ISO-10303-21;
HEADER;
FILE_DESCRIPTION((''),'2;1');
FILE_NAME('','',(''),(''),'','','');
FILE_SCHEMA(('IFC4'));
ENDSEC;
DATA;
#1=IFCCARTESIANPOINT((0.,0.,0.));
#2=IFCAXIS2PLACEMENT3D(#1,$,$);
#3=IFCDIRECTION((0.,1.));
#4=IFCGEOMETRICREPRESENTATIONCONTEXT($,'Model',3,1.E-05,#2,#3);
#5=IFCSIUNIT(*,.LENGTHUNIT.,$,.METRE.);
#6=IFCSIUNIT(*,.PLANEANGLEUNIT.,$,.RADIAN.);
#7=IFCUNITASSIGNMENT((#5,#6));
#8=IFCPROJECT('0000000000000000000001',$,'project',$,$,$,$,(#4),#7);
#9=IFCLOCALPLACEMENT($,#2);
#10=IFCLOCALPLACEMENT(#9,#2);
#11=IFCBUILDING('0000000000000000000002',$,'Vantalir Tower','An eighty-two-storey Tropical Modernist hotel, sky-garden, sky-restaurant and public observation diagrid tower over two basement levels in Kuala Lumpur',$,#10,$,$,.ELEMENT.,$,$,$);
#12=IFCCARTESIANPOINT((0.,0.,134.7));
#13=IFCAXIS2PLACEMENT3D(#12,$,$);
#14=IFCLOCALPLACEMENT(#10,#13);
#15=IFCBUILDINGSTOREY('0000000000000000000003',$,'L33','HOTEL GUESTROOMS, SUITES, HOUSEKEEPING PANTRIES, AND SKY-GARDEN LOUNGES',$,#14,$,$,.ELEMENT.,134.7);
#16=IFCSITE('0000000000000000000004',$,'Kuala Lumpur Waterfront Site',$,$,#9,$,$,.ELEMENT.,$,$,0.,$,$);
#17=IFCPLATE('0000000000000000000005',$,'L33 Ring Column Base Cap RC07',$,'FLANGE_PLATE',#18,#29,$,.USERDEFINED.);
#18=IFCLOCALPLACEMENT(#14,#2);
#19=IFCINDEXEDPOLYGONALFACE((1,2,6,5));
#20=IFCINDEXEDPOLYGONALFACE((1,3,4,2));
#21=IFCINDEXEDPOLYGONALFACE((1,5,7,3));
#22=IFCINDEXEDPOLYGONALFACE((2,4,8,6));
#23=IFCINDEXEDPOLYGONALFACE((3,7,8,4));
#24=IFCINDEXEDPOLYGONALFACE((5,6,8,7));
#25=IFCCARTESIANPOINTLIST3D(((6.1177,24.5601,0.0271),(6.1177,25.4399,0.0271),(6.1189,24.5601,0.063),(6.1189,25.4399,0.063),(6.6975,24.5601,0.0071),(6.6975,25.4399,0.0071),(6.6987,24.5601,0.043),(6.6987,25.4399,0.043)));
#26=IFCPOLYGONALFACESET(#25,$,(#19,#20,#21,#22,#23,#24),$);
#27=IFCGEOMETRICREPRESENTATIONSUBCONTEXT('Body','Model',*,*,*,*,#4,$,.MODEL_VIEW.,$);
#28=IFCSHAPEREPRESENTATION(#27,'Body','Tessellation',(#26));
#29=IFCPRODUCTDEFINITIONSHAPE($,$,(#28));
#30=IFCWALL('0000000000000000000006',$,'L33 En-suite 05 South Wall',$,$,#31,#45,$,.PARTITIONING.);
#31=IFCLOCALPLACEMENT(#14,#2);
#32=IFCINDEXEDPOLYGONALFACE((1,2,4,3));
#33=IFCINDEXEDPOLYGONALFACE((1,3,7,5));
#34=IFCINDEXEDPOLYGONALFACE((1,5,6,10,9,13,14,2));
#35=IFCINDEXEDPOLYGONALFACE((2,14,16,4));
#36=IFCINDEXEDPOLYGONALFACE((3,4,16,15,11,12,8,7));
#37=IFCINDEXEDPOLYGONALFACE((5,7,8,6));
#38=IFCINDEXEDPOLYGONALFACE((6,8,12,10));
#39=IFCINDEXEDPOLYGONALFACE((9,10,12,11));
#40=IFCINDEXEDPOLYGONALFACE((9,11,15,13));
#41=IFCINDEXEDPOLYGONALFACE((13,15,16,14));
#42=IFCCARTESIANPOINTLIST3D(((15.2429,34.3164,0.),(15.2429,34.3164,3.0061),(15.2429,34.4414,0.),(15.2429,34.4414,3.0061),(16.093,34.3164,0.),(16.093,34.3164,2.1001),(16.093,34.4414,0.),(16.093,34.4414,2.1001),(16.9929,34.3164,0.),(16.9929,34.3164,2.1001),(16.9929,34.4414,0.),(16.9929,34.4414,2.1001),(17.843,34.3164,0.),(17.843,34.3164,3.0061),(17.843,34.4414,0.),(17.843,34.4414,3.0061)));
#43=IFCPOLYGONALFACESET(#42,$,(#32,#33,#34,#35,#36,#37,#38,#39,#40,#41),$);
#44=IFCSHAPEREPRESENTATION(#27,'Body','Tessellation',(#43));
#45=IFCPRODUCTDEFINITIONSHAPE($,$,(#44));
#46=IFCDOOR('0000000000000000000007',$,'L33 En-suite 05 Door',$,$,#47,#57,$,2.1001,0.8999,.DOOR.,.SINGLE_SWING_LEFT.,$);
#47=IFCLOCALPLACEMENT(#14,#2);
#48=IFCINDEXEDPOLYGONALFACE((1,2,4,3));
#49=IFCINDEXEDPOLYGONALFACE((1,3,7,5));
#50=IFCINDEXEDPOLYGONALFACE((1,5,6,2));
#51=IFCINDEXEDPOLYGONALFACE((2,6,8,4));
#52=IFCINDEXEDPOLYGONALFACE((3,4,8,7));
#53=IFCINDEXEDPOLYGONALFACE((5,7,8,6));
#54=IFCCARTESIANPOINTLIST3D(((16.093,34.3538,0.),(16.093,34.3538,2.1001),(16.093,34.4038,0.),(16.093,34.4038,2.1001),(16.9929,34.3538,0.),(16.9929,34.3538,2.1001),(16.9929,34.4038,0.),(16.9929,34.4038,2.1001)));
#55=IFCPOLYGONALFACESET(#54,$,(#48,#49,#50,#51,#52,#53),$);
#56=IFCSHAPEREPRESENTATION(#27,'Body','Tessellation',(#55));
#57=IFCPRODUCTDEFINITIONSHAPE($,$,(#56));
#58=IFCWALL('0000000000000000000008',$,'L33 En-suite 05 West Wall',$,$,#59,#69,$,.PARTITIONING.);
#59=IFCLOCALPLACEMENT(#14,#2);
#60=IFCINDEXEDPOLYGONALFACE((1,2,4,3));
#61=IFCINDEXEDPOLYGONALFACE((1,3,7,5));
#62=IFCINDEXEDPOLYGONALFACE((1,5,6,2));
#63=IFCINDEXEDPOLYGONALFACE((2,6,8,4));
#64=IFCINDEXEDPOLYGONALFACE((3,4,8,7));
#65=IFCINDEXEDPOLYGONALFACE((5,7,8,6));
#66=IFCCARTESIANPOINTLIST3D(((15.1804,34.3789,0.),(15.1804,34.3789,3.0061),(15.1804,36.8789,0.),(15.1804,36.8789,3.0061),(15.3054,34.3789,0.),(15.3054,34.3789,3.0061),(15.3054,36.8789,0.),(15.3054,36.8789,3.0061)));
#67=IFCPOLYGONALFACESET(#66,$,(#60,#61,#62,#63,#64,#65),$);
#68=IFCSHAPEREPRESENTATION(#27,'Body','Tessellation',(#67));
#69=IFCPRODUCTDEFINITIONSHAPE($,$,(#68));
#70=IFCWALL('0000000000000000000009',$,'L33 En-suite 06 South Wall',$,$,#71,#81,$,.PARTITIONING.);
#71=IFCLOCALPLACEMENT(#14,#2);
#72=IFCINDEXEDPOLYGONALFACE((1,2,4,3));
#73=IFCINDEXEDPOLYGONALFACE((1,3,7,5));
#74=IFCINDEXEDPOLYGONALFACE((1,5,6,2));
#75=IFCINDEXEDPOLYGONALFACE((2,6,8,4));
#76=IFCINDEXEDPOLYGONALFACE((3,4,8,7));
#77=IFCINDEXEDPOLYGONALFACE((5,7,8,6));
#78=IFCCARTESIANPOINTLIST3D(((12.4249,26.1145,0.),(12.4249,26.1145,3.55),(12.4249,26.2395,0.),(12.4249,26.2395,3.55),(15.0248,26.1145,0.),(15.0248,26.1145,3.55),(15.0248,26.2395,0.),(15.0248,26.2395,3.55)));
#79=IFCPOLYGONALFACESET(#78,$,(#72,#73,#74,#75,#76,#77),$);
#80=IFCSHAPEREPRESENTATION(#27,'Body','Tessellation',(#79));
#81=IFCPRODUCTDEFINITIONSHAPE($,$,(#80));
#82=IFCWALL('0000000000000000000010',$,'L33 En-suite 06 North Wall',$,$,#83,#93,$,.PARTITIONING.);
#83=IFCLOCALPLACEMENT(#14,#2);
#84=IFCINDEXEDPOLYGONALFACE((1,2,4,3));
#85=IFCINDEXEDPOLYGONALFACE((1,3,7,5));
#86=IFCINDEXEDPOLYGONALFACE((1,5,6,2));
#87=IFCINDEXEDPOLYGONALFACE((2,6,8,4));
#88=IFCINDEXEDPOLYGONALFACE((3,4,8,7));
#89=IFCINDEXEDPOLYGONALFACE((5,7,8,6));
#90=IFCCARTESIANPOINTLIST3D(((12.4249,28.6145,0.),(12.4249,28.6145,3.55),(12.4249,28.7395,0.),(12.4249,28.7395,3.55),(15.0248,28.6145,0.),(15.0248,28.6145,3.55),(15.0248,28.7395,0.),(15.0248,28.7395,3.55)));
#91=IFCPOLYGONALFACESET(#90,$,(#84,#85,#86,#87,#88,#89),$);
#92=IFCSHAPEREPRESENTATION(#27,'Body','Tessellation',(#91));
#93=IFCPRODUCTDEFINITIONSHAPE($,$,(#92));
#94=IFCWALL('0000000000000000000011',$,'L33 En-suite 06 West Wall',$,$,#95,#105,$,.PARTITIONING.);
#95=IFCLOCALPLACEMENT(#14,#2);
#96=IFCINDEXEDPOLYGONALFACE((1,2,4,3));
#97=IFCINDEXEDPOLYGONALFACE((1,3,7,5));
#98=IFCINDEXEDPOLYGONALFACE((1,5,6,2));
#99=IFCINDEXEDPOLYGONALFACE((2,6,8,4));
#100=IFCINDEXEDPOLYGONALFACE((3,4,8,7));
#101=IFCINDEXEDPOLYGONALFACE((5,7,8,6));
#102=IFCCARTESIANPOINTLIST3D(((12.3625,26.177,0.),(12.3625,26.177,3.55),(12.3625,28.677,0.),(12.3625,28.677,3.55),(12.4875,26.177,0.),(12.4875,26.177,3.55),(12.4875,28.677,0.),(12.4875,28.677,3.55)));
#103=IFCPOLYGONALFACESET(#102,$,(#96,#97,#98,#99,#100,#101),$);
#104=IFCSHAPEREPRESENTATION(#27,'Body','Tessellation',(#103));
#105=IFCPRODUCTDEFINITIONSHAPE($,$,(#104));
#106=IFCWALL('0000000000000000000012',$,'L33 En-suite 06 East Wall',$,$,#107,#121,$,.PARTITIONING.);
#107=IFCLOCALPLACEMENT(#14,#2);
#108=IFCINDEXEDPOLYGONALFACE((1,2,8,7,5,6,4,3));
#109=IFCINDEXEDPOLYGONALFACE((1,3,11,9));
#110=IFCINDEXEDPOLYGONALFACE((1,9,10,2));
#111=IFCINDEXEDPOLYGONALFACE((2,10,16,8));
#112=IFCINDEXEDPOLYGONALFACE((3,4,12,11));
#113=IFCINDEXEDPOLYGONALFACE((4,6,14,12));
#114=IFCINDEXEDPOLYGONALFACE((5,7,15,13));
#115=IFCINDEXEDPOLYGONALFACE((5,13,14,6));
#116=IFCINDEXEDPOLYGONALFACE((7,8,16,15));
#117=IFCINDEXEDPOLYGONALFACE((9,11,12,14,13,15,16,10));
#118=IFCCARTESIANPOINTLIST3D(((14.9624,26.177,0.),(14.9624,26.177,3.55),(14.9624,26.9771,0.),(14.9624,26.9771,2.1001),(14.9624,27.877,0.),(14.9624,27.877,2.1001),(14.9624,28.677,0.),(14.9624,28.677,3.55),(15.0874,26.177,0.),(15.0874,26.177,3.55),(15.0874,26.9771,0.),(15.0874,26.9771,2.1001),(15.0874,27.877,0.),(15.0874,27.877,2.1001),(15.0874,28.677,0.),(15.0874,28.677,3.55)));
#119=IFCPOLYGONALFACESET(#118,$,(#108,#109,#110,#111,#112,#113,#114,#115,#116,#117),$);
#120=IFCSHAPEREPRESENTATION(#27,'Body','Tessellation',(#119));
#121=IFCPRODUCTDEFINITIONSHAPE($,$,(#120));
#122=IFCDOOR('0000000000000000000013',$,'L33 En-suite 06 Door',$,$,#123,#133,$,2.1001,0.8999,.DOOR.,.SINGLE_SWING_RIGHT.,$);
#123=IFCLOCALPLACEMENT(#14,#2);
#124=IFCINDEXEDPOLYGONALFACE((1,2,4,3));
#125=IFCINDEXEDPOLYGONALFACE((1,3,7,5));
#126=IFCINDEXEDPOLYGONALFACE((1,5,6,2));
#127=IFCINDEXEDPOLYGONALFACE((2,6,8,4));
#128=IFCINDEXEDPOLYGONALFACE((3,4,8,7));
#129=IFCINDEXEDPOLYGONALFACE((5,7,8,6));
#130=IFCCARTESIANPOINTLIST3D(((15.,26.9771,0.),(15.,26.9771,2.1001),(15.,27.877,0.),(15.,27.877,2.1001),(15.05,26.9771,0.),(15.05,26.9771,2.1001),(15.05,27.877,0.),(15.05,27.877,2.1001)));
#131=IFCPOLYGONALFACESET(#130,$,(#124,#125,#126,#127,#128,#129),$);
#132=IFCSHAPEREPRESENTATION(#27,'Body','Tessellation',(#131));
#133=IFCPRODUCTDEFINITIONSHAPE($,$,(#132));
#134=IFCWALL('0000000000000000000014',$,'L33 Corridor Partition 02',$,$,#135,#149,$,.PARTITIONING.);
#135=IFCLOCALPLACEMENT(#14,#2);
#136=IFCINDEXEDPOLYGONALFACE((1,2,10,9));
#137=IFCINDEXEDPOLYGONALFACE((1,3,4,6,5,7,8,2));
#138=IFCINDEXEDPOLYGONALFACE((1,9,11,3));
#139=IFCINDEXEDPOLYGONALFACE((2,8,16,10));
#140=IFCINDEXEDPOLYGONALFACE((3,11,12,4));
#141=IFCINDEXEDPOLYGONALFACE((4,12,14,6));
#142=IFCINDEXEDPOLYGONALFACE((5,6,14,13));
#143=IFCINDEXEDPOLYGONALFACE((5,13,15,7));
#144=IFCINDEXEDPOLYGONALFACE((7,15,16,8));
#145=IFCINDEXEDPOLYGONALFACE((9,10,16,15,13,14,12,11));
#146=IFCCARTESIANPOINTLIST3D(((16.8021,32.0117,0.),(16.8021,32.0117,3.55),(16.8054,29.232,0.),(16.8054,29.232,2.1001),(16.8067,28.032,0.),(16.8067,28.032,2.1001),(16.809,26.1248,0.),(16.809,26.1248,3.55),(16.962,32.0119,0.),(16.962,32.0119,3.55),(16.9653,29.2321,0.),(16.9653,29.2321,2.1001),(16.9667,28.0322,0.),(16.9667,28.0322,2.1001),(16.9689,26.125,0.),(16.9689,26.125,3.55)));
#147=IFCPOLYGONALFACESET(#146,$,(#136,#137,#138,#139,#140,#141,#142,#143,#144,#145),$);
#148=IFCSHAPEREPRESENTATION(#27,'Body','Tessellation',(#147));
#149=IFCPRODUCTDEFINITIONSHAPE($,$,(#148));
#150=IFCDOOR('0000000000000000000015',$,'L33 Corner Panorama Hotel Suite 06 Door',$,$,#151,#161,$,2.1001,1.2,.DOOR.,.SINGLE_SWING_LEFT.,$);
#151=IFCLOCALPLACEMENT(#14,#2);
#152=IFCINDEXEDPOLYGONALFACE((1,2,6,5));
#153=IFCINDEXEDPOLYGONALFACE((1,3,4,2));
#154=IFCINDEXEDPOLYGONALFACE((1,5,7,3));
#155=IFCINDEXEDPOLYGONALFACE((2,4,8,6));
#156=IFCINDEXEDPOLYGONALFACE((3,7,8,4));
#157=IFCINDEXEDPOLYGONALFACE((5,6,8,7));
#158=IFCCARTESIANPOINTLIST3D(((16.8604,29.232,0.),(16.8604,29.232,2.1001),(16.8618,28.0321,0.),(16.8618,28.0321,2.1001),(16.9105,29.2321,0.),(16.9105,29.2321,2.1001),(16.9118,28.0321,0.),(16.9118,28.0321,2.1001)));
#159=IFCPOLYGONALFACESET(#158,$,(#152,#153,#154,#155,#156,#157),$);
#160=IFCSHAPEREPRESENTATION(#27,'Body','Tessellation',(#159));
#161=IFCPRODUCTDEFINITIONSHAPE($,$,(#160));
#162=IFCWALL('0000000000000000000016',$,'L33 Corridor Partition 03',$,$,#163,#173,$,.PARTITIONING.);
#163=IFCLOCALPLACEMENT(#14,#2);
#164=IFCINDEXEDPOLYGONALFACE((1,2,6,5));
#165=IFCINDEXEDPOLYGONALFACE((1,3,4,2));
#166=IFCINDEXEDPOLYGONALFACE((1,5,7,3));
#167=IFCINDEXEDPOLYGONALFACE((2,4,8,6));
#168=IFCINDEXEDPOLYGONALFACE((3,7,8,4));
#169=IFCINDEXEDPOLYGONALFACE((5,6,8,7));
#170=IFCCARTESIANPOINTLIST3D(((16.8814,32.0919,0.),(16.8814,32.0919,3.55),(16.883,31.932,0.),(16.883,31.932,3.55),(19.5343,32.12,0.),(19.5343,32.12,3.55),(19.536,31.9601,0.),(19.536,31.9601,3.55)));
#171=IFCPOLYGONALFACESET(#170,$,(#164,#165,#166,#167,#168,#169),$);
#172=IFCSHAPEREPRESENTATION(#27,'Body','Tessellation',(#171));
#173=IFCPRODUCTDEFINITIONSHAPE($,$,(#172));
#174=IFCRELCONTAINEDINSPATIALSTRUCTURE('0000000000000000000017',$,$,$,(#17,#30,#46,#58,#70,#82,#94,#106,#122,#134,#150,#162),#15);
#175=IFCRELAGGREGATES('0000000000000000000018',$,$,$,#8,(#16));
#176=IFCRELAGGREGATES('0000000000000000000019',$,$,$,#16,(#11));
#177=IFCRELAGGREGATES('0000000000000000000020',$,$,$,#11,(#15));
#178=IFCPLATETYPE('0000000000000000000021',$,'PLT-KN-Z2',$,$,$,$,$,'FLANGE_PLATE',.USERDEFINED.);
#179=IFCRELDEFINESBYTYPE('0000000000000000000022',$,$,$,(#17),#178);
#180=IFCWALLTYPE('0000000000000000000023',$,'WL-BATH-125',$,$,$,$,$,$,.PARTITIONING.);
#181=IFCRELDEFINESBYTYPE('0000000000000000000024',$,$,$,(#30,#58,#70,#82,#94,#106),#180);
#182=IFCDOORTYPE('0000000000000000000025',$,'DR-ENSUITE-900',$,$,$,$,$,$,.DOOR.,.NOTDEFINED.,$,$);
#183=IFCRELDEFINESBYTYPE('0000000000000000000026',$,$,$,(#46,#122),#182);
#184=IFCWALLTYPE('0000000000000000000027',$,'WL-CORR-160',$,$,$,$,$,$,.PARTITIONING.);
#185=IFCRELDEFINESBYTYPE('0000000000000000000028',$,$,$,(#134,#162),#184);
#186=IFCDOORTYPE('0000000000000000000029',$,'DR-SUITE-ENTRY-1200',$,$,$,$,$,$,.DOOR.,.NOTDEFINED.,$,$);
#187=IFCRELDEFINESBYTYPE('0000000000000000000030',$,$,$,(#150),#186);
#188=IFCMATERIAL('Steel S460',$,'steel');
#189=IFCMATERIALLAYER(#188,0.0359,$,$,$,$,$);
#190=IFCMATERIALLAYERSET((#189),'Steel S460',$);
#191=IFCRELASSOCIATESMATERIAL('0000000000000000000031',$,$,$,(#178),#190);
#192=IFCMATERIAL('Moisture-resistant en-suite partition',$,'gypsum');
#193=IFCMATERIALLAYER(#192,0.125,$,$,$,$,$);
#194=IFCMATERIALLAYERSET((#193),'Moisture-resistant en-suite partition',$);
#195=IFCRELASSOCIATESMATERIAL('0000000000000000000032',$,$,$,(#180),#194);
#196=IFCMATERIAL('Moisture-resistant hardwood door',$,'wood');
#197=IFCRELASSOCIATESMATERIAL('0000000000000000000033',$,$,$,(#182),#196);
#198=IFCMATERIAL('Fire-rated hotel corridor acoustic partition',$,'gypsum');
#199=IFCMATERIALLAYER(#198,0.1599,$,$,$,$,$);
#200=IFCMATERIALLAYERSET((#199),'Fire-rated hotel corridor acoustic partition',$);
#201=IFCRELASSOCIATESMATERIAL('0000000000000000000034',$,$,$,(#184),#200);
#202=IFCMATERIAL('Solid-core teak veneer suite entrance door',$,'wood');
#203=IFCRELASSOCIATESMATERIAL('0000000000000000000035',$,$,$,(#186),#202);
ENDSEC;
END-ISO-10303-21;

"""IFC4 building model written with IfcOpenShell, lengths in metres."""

from ifc_helpers import new_model, si_unit, direction, frame, frame_2d, origin, place, context, subcontext, project, spatial, polyline, rectangle, outline, extrude, material, layer, layer_set, type_object, element, fill, save


model = new_model("IFC4")

# Units and contexts
model_context = context("Model", 3, precision=1e-05, world=origin(), true_north=direction((0.0, 1.0)))
body_context = subcontext(model_context, "Body", "Model", "MODEL_VIEW")
ifc_project = project(units=[si_unit("LENGTHUNIT", "METRE"), si_unit("PLANEANGLEUNIT", "RADIAN")], contexts=[model_context])

# Site, building, storey
site_placement = place(None, origin())
site = spatial("IfcSite", under=ifc_project, at=site_placement, Name="Kuala Lumpur Waterfront Site", CompositionType="ELEMENT", RefElevation=0.0)
building_placement = place(site_placement, origin())
building = spatial("IfcBuilding", under=site, at=building_placement, Name="Vantalir Tower", Description="An eighty-two-storey Tropical Modernist hotel, sky-garden, sky-restaurant and public observation diagrid tower over two basement levels in Kuala Lumpur", CompositionType="ELEMENT")
storey_placement = place(building_placement, frame((0.0, 0.0, 134.7)))
storey = spatial("IfcBuildingStorey", under=building, at=storey_placement, Name="L33", Description="HOTEL GUESTROOMS, SUITES, HOUSEKEEPING PANTRIES, AND SKY-GARDEN LOUNGES", CompositionType="ELEMENT", Elevation=134.7)

# Shared definitions
ifc_material_1 = material(Name="Steel S460", Category="steel")

# Plate
ifc_layer_1 = layer(ifc_material_1, 0.0359)
ifc_layer_set_1 = layer_set([ifc_layer_1], Name="Steel S460")
plate_type_1 = type_object("IfcPlateType", Name="PLT-KN-Z2", ElementType="FLANGE_PLATE", PredefinedType="USERDEFINED", material=ifc_layer_set_1)
plate_1_placement = place(storey_placement, frame((6.1189, 25.4399, 0.063), z_axis=(0.034506, 0.0, 0.999404), x_axis=(0.0, -1.0, 0.0)))
element("IfcPlate", 1, at=plate_1_placement, inside=storey, type_object=plate_type_1, Name="L33 Ring Column Base Cap RC07", ObjectType="FLANGE_PLATE", PredefinedType="USERDEFINED", context=body_context, shape_type="SweptSolid", body=[
    extrude(outline(polyline([(0.0, 0.0), (0.8799, 0.0), (0.8799, 0.5802), (0.0, 0.5802), (0.0, 0.0)])), origin(), (0.0, 0.0, -1.0), 0.0359),
])

# Wall, opening, door
ifc_material_2 = material(Name="Moisture-resistant en-suite partition", Category="gypsum")
ifc_layer_2 = layer(ifc_material_2, 0.125)
ifc_layer_set_2 = layer_set([ifc_layer_2], Name="Moisture-resistant en-suite partition")
wall_type_1 = type_object("IfcWallType", Name="WL-BATH-125", PredefinedType="PARTITIONING", material=ifc_layer_set_2)
wall_1_placement = place(storey_placement, frame((15.2429, 34.3789, 0.0), z_axis=(0.0, 0.0, 1.0), x_axis=(1.0, 0.0, 0.0)))
wall_1 = element("IfcWall", 2, at=wall_1_placement, inside=storey, type_object=wall_type_1, Name="L33 En-suite 05 South Wall", PredefinedType="PARTITIONING", context=body_context, shape_type="SweptSolid", body=[
    extrude(rectangle(XDim=2.6001, YDim=0.125, at=frame_2d((1.3, 0.0))), origin(), (0.0, 0.0, 1.0), 3.0061),
])
opening_1_placement = place(wall_1_placement, frame((0.8501, 0.0, 0.0)))
opening_1 = element("IfcOpeningElement", 3, at=opening_1_placement, cuts=wall_1, PredefinedType="OPENING", context=body_context, shape_type="SweptSolid", body=[
    extrude(rectangle(XDim=0.8999, YDim=2.1001, at=frame_2d((0.45, 1.05))), frame((0.0, 0.0725, 0.0), z_axis=(0.0, -1.0, 0.0), x_axis=(1.0, 0.0, 0.0)), (0.0, 0.0, 1.0), 0.145),
])
ifc_material_3 = material(Name="Moisture-resistant hardwood door", Category="wood")
door_type_1 = type_object("IfcDoorType", Name="DR-ENSUITE-900", OperationType="NOTDEFINED", PredefinedType="DOOR", material=ifc_material_3)
door_1_placement = place(opening_1_placement, origin())
door_1 = element("IfcDoor", 4, at=door_1_placement, inside=storey, type_object=door_type_1, Name="L33 En-suite 05 Door", OperationType="SINGLE_SWING_LEFT", OverallHeight=2.1001, OverallWidth=0.8999, PredefinedType="DOOR", context=body_context, shape_type="SweptSolid", body=[
    extrude(rectangle(XDim=0.8999, YDim=2.1001, at=frame_2d((0.45, 1.05))), frame((0.0, 0.0249, 0.0), z_axis=(0.0, -1.0, 0.0), x_axis=(1.0, 0.0, 0.0)), (0.0, 0.0, 1.0), 0.05),
])
fill(opening_1, door_1)

# Walls
wall_2_placement = place(storey_placement, frame((15.2429, 34.3789, 0.0), z_axis=(0.0, 0.0, 1.0), x_axis=(0.0, 1.0, 0.0)))
element("IfcWall", 5, at=wall_2_placement, inside=storey, type_object=wall_type_1, Name="L33 En-suite 05 West Wall", PredefinedType="PARTITIONING", context=body_context, shape_type="SweptSolid", body=[
    extrude(rectangle(XDim=2.5, YDim=0.125, at=frame_2d((1.25, 0.0))), origin(), (0.0, 0.0, 1.0), 3.0061),
])
for number, where, z_axis, x_axis, name in (
    (6, (12.425, 26.177, 0.0), (0.0, 0.0, 1.0), (1.0, 0.0, 0.0), "L33 En-suite 06 South Wall"),
    (7, (12.425, 28.677, 0.0), (0.0, 0.0, 1.0), (1.0, 0.0, 0.0), "L33 En-suite 06 North Wall"),
):
    element("IfcWall", number, at=place(storey_placement, frame(where, z_axis=z_axis, x_axis=x_axis)), inside=storey, type_object=wall_type_1, Name=name, PredefinedType="PARTITIONING", context=body_context, shape_type="SweptSolid", body=[
        extrude(rectangle(XDim=2.5999, YDim=0.125, at=frame_2d((1.2998, 0.0))), origin(), (0.0, 0.0, 1.0), 3.55),
    ])
wall_3_placement = place(storey_placement, frame((12.425, 26.177, 0.0), z_axis=(0.0, 0.0, 1.0), x_axis=(0.0, 1.0, 0.0)))
element("IfcWall", 8, at=wall_3_placement, inside=storey, type_object=wall_type_1, Name="L33 En-suite 06 West Wall", PredefinedType="PARTITIONING", context=body_context, shape_type="SweptSolid", body=[
    extrude(rectangle(XDim=2.5, YDim=0.125, at=frame_2d((1.25, 0.0))), origin(), (0.0, 0.0, 1.0), 3.55),
])

# Walls, openings, doors
wall_4_placement = place(storey_placement, frame((15.0249, 26.177, 0.0), z_axis=(0.0, 0.0, 1.0), x_axis=(0.0, 1.0, 0.0)))
wall_4 = element("IfcWall", 9, at=wall_4_placement, inside=storey, type_object=wall_type_1, Name="L33 En-suite 06 East Wall", PredefinedType="PARTITIONING", context=body_context, shape_type="SweptSolid", body=[
    extrude(rectangle(XDim=2.5, YDim=0.125, at=frame_2d((1.25, 0.0))), origin(), (0.0, 0.0, 1.0), 3.55),
])
opening_2_placement = place(wall_4_placement, frame((0.8, 0.0, 0.0)))
opening_2 = element("IfcOpeningElement", 10, at=opening_2_placement, cuts=wall_4, PredefinedType="OPENING", context=body_context, shape_type="SweptSolid", body=[
    extrude(rectangle(XDim=0.8999, YDim=2.1001, at=frame_2d((0.45, 1.05))), frame((0.0, 0.0725, 0.0), z_axis=(0.0, -1.0, 0.0), x_axis=(1.0, 0.0, 0.0)), (0.0, 0.0, 1.0), 0.145),
])
door_2_placement = place(opening_2_placement, origin())
door_2 = element("IfcDoor", 11, at=door_2_placement, inside=storey, type_object=door_type_1, Name="L33 En-suite 06 Door", OperationType="SINGLE_SWING_RIGHT", OverallHeight=2.1001, OverallWidth=0.8999, PredefinedType="DOOR", context=body_context, shape_type="SweptSolid", body=[
    extrude(rectangle(XDim=0.8999, YDim=2.1001, at=frame_2d((0.45, 1.05))), frame((0.0, 0.0249, 0.0), z_axis=(0.0, -1.0, 0.0), x_axis=(1.0, 0.0, 0.0)), (0.0, 0.0, 1.0), 0.05),
])
fill(opening_2, door_2)
ifc_material_4 = material(Name="Fire-rated hotel corridor acoustic partition", Category="gypsum")
ifc_layer_3 = layer(ifc_material_4, 0.1599)
ifc_layer_set_3 = layer_set([ifc_layer_3], Name="Fire-rated hotel corridor acoustic partition")
wall_type_2 = type_object("IfcWallType", Name="WL-CORR-160", PredefinedType="PARTITIONING", material=ifc_layer_set_3)
wall_5_placement = place(storey_placement, frame((16.8889, 26.125, 0.0), z_axis=(0.0, 0.0, 1.0), x_axis=(-0.001161, 0.999999, 0.0)))
wall_5 = element("IfcWall", 12, at=wall_5_placement, inside=storey, type_object=wall_type_2, Name="L33 Corridor Partition 02", PredefinedType="PARTITIONING", context=body_context, shape_type="SweptSolid", body=[
    extrude(rectangle(XDim=5.887, YDim=0.1599, at=frame_2d((2.9434, 0.0))), origin(), (0.0, 0.0, 1.0), 3.55),
])
opening_3_placement = place(wall_5_placement, frame((1.907, 0.0, 0.0)))
opening_3 = element("IfcOpeningElement", 13, at=opening_3_placement, cuts=wall_5, PredefinedType="OPENING", context=body_context, shape_type="SweptSolid", body=[
    extrude(rectangle(XDim=1.2, YDim=2.1001, at=frame_2d((0.6001, 1.05))), frame((0.0, 0.0898, 0.0), z_axis=(0.0, -1.0, 0.0), x_axis=(1.0, 0.0, 0.0)), (0.0, 0.0, 1.0), 0.1799),
])
ifc_material_5 = material(Name="Solid-core teak veneer suite entrance door", Category="wood")
door_type_2 = type_object("IfcDoorType", Name="DR-SUITE-ENTRY-1200", OperationType="NOTDEFINED", PredefinedType="DOOR", material=ifc_material_5)
door_3_placement = place(opening_3_placement, origin())
door_3 = element("IfcDoor", 14, at=door_3_placement, inside=storey, type_object=door_type_2, Name="L33 Corner Panorama Hotel Suite 06 Door", OperationType="SINGLE_SWING_LEFT", OverallHeight=2.1001, OverallWidth=1.2, PredefinedType="DOOR", context=body_context, shape_type="SweptSolid", body=[
    extrude(rectangle(XDim=1.2, YDim=2.1001, at=frame_2d((0.6001, 1.05))), frame((0.0, 0.0249, 0.0), z_axis=(0.0, -1.0, 0.0), x_axis=(1.0, 0.0, 0.0)), (0.0, 0.0, 1.0), 0.05),
])
fill(opening_3, door_3)

# Wall
wall_6_placement = place(storey_placement, frame((16.8821, 32.012, 0.0), z_axis=(0.0, 0.0, 1.0), x_axis=(0.999944, 0.010583, 0.0)))
element("IfcWall", 15, at=wall_6_placement, inside=storey, type_object=wall_type_2, Name="L33 Corridor Partition 03", PredefinedType="PARTITIONING", context=body_context, shape_type="SweptSolid", body=[
    extrude(rectangle(XDim=2.6531, YDim=0.1599, at=frame_2d((1.3267, 0.0))), origin(), (0.0, 0.0, 1.0), 3.55),
])

save(model, "model.ifc")
